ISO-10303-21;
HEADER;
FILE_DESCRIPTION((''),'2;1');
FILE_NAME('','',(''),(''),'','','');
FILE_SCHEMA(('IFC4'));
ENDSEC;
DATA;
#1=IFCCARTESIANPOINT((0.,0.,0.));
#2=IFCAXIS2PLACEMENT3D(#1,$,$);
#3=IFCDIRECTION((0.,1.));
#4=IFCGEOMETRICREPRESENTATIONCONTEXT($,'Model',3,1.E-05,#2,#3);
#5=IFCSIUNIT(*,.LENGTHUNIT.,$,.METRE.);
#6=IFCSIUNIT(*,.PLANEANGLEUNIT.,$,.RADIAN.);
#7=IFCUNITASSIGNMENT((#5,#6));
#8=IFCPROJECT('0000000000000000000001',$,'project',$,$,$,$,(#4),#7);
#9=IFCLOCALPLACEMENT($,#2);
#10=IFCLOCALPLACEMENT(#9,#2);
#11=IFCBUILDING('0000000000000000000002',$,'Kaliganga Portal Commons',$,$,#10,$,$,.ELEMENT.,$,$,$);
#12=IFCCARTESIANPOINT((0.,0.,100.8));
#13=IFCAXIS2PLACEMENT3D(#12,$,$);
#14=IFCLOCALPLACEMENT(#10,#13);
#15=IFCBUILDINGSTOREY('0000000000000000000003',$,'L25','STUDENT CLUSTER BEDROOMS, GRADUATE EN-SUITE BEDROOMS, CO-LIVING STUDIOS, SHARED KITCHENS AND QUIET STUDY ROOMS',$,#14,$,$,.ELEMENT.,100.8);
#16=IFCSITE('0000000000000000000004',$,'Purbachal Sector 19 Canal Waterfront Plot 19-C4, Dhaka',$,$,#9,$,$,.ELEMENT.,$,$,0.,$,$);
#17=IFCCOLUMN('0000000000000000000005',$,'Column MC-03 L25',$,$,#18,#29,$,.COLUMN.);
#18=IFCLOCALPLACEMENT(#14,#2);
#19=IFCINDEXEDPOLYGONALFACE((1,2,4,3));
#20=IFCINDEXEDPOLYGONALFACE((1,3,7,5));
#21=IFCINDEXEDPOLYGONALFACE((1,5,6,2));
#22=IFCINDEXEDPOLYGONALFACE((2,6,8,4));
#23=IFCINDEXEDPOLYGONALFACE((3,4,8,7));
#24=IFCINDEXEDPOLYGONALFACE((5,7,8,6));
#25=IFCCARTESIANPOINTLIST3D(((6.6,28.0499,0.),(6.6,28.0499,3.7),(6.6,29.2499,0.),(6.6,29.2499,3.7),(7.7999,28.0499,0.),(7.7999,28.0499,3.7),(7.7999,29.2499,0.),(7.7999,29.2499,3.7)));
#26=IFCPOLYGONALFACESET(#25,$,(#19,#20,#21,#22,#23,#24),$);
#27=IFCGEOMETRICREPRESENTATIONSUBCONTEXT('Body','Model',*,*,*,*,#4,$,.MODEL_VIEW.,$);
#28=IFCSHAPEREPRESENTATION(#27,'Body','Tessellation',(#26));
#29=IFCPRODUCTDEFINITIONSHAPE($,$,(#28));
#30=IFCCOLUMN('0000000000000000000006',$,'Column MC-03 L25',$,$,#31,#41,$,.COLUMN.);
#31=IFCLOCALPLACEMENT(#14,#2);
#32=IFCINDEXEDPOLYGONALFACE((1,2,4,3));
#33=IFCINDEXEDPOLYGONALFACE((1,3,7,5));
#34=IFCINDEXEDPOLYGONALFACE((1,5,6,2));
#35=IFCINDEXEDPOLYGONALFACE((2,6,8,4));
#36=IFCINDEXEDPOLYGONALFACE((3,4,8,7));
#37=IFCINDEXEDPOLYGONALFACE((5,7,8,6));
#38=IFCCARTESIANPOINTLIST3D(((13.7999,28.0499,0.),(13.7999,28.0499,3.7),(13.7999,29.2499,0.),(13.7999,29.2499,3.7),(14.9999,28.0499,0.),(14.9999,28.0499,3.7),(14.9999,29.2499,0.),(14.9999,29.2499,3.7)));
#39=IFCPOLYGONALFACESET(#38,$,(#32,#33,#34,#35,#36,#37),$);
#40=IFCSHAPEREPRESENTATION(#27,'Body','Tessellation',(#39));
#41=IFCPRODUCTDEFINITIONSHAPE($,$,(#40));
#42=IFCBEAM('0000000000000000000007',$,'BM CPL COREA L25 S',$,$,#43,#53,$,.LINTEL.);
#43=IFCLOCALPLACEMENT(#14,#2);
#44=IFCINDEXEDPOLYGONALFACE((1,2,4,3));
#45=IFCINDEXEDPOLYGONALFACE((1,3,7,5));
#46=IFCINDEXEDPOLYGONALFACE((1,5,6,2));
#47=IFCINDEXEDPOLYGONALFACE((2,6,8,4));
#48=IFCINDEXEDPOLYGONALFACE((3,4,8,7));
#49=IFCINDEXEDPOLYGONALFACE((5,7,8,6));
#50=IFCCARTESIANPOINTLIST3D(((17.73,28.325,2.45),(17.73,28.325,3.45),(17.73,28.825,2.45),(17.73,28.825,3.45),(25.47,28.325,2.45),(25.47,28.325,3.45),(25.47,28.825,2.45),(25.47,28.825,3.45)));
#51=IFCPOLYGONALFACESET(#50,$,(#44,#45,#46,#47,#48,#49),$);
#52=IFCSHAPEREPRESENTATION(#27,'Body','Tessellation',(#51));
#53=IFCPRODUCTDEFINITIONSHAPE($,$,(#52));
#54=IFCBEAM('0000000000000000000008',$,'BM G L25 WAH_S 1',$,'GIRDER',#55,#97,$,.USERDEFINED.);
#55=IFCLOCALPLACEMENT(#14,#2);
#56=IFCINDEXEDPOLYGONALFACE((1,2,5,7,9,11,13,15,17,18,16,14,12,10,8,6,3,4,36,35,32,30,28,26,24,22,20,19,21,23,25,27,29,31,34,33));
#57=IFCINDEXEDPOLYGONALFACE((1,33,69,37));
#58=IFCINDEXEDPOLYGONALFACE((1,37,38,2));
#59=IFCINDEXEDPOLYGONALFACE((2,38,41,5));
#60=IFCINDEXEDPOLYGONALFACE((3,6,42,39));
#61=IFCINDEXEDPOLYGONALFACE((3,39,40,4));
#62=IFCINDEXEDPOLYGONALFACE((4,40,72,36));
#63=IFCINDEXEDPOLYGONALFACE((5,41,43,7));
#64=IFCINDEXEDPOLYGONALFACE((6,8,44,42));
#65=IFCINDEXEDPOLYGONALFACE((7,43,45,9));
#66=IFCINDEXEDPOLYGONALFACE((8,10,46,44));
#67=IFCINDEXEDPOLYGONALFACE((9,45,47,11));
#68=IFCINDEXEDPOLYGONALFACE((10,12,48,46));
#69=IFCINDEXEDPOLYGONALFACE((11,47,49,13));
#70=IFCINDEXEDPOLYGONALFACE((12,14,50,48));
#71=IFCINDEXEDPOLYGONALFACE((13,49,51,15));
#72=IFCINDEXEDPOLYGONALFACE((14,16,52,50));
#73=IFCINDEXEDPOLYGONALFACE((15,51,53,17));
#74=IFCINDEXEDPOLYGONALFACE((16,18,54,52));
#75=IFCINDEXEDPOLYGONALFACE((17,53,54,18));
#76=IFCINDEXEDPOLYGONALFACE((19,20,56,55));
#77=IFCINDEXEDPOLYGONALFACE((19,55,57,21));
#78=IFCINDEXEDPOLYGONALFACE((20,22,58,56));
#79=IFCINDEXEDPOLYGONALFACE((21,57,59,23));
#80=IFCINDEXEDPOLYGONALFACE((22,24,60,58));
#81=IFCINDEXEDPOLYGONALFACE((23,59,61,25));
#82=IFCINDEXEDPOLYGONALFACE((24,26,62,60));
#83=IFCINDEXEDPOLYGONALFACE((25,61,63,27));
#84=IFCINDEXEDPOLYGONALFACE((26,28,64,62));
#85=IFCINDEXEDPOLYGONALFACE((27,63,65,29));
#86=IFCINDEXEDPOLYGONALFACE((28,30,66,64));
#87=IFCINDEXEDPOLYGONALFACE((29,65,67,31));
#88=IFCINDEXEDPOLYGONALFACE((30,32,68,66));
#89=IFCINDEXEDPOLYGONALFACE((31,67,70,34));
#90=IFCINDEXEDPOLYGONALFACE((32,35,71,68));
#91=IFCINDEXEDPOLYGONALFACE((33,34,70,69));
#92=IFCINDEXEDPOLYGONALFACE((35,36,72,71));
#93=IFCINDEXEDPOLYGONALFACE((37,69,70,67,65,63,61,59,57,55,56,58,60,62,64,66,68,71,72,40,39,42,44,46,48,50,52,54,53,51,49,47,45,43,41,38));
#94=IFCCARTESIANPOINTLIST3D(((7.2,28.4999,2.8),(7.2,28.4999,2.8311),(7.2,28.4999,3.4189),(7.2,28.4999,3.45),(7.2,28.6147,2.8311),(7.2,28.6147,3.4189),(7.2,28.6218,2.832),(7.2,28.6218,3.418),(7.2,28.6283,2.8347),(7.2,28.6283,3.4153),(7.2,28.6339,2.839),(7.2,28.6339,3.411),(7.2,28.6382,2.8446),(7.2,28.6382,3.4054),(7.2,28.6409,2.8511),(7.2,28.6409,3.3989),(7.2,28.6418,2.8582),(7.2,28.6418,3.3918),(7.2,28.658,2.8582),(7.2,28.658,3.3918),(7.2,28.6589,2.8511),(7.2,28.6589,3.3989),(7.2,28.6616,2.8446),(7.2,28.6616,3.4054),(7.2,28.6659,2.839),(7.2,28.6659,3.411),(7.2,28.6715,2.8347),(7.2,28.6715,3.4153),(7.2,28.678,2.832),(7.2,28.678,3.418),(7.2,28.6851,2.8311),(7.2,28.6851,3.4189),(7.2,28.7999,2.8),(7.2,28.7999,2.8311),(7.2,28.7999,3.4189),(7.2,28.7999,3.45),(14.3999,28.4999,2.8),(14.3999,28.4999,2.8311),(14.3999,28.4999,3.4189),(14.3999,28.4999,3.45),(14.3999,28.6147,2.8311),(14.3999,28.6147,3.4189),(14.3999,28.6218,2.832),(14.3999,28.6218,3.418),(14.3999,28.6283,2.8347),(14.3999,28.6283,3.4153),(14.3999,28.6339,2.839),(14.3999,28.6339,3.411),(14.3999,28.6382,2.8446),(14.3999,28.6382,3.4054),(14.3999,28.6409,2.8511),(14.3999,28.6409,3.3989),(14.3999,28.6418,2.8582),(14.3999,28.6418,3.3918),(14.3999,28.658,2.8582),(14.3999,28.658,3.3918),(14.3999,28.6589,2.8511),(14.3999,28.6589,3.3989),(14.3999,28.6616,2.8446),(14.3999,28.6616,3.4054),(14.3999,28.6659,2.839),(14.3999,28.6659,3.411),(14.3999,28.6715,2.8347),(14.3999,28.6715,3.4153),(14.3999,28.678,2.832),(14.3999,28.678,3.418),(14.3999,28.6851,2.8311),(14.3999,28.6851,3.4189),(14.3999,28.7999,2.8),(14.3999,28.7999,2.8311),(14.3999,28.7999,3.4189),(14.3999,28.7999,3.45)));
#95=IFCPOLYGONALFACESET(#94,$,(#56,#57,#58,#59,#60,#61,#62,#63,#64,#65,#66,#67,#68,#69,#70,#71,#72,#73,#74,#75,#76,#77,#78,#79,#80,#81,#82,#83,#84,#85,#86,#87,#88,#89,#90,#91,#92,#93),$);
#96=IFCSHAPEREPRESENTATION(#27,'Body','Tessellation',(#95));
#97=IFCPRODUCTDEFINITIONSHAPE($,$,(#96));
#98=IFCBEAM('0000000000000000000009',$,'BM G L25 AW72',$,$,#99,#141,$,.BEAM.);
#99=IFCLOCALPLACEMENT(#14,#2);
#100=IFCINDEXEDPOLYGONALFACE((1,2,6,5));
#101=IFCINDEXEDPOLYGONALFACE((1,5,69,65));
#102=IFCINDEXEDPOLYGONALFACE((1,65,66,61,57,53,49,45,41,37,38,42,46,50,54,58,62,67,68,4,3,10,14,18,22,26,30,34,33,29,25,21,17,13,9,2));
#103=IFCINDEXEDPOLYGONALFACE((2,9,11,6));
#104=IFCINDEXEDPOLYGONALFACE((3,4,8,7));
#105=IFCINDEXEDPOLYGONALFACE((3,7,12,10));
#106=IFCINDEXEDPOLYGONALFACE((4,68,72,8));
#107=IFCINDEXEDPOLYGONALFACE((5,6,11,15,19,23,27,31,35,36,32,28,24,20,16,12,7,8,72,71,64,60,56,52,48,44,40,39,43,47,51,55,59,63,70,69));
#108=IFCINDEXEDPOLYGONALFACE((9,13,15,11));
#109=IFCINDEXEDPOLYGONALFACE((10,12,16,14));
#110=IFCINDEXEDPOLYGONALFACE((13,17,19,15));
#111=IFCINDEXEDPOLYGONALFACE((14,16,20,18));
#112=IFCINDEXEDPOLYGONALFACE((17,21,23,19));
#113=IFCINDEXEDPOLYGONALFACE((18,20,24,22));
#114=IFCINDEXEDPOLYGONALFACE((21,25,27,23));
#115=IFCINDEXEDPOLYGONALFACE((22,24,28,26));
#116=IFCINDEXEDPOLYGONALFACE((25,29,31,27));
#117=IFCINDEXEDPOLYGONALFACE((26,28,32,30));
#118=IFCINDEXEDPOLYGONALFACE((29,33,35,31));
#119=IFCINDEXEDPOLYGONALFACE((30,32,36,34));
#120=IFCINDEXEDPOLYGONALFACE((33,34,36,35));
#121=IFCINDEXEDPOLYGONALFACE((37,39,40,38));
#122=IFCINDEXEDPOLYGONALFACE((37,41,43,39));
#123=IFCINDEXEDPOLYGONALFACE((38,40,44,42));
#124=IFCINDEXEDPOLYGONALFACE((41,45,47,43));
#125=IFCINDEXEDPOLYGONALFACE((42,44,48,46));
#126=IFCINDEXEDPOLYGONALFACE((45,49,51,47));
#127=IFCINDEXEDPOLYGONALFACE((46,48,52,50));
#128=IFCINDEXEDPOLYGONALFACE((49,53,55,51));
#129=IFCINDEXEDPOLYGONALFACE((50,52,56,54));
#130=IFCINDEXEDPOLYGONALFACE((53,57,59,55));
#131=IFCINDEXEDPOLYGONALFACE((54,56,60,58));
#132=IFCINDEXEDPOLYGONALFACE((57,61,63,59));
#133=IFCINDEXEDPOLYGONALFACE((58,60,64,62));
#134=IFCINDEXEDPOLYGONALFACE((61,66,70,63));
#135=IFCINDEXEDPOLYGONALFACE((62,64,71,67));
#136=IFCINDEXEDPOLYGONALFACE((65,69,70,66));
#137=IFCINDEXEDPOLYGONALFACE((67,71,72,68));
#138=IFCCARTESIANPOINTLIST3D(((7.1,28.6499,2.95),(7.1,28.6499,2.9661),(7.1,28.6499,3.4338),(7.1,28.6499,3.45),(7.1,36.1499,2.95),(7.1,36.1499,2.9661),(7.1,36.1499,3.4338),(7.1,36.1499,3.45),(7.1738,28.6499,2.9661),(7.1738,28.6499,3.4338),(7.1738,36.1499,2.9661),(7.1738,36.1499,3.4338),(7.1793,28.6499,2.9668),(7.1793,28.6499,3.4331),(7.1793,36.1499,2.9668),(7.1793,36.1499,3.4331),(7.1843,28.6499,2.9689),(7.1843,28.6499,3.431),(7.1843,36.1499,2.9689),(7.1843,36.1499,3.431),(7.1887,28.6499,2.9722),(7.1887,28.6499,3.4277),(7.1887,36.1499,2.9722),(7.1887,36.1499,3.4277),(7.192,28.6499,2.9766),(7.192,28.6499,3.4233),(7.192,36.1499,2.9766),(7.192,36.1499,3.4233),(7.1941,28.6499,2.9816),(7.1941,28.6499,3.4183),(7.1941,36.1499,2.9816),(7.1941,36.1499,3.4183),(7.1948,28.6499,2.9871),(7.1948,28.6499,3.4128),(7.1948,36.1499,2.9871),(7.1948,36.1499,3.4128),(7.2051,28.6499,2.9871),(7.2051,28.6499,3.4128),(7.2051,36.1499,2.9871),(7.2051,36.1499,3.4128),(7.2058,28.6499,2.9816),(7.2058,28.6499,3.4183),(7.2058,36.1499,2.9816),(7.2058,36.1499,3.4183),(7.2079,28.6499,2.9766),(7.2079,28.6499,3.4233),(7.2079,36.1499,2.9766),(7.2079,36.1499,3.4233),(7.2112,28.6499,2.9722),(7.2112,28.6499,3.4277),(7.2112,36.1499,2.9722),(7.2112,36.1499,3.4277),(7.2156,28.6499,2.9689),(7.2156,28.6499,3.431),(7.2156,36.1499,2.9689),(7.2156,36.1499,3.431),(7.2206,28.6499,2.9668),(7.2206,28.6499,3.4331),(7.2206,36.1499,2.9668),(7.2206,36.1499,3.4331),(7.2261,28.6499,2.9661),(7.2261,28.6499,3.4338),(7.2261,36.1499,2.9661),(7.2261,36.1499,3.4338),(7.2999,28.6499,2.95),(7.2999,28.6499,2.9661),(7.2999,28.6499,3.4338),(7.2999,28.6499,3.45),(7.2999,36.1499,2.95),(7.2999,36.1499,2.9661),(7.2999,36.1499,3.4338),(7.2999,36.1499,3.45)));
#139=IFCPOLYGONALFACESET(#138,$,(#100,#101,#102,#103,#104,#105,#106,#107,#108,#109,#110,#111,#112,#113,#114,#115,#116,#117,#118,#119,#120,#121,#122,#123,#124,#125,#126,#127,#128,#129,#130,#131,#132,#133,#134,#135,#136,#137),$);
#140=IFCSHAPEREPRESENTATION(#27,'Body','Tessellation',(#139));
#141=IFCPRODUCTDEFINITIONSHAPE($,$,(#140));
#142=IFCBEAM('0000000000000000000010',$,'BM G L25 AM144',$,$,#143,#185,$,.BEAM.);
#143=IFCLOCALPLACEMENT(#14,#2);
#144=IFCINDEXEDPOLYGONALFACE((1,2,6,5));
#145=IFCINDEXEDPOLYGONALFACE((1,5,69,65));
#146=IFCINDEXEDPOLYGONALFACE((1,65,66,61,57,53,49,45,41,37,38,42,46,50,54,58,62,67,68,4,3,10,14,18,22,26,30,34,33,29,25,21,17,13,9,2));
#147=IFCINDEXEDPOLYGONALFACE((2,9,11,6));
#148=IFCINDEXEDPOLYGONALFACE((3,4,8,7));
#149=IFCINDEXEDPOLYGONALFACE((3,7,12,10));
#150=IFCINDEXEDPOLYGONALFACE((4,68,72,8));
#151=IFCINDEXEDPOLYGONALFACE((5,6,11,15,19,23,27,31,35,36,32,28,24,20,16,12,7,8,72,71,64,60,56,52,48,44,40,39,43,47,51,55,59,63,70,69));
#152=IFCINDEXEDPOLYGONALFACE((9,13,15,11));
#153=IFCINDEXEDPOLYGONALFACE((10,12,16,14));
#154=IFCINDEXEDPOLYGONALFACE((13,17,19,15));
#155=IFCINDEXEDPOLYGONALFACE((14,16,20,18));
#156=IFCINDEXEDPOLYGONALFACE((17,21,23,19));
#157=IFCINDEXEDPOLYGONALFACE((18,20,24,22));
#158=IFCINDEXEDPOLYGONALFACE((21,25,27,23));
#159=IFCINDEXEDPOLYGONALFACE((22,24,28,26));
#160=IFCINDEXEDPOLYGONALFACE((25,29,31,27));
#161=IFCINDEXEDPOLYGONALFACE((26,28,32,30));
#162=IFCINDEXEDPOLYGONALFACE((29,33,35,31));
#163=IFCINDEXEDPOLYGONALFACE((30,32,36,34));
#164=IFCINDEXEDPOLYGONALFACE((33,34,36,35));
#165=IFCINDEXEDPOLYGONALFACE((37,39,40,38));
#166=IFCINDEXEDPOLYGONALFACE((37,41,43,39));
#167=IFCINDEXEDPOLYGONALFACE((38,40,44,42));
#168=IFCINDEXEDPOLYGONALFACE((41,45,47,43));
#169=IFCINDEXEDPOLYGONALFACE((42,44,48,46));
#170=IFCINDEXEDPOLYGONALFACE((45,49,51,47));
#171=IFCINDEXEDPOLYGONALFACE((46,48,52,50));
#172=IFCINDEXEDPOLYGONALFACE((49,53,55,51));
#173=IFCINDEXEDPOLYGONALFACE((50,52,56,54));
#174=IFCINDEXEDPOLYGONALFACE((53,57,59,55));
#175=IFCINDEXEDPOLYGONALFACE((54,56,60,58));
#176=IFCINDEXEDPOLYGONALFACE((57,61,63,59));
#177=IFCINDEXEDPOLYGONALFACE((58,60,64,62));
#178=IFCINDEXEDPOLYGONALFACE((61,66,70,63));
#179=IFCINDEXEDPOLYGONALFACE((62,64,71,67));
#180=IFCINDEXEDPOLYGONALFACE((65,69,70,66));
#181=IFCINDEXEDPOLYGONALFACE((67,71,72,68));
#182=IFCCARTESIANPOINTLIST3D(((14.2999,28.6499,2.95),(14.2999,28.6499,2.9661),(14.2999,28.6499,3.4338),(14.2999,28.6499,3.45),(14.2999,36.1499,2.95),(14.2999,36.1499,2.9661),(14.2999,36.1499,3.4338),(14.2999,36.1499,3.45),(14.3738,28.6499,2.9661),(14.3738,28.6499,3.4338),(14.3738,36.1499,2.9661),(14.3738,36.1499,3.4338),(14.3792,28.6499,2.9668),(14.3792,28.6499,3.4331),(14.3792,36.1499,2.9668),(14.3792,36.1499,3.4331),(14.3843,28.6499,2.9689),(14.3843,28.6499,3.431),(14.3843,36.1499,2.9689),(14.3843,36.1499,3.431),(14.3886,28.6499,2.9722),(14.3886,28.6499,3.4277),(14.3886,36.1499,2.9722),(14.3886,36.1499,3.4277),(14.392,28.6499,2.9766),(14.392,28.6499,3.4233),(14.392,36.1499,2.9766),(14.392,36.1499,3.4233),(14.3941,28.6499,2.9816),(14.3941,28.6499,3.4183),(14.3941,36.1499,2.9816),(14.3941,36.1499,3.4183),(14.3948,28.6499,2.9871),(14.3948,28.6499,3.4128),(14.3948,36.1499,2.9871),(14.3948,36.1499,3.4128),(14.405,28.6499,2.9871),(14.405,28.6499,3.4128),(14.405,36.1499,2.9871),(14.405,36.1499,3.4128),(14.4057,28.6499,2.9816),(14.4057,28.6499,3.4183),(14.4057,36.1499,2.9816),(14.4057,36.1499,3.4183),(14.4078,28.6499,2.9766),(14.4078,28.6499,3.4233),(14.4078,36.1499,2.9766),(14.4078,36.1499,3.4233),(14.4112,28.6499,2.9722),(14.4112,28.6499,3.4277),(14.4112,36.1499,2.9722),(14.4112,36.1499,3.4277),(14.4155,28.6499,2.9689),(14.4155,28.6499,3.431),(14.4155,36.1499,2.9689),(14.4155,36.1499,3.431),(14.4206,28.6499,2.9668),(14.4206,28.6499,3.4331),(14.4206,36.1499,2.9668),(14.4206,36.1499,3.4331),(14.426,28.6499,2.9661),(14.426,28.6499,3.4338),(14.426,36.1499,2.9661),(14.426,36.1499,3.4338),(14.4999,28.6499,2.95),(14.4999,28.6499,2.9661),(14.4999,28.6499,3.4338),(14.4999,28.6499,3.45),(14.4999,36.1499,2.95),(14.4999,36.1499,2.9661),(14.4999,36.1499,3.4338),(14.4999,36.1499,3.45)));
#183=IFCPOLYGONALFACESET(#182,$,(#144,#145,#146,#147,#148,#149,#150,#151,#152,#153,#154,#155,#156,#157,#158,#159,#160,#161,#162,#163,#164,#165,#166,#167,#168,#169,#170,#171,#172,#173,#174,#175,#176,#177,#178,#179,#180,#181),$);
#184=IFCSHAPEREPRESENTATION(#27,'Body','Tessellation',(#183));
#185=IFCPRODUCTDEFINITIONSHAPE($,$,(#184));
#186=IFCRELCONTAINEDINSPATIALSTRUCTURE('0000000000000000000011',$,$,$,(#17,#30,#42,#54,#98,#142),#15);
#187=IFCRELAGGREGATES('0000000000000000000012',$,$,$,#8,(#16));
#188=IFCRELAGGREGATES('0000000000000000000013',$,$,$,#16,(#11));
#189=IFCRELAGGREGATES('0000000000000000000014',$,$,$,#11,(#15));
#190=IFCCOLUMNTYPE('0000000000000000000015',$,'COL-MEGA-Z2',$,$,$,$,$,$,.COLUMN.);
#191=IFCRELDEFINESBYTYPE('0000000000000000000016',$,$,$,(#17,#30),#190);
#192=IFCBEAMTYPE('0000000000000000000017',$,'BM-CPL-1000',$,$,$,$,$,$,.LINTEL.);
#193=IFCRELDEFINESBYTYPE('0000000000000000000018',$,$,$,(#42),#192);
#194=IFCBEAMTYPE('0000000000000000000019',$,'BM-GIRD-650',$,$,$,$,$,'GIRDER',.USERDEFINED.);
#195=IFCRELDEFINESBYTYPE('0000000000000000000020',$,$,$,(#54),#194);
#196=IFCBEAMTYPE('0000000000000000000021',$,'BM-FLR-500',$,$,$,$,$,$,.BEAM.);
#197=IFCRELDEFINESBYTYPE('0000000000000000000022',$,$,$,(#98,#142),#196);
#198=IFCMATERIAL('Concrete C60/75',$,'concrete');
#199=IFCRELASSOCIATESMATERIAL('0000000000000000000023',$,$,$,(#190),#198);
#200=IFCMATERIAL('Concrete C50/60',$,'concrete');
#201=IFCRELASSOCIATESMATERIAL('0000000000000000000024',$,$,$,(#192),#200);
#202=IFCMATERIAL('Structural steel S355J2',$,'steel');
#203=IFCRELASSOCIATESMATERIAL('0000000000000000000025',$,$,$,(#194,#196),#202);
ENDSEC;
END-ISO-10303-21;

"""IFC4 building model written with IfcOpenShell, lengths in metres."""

from ifc_helpers import new_model, si_unit, direction, frame, origin, origin_2d, place, context, subcontext, project, spatial, rectangle, i_section, extrude, source, transform, mapped, material, material_profile, profile_set, type_object, element, save


model = new_model("IFC4")

# Units and contexts
model_context = context("Model", 3, precision=1e-05, world=origin(), true_north=direction((0.0, 1.0)))
body_context = subcontext(model_context, "Body", "Model", "MODEL_VIEW")
ifc_project = project(units=[si_unit("LENGTHUNIT", "METRE"), si_unit("PLANEANGLEUNIT", "RADIAN")], contexts=[model_context])

# Site, building, storey
site_placement = place(None, origin())
site = spatial("IfcSite", under=ifc_project, at=site_placement, Name="Purbachal Sector 19 Canal Waterfront Plot 19-C4, Dhaka", CompositionType="ELEMENT", RefElevation=0.0)
building_placement = place(site_placement, origin())
building = spatial("IfcBuilding", under=site, at=building_placement, Name="Kaliganga Portal Commons", CompositionType="ELEMENT")
storey_placement = place(building_placement, frame((0.0, 0.0, 100.8)))
storey = spatial("IfcBuildingStorey", under=building, at=storey_placement, Name="L25", Description="STUDENT CLUSTER BEDROOMS, GRADUATE EN-SUITE BEDROOMS, CO-LIVING STUDIOS, SHARED KITCHENS AND QUIET STUDY ROOMS", CompositionType="ELEMENT", Elevation=100.8)

# Columns
ifc_material_1 = material(Name="Concrete C60/75", Category="concrete")
ifc_material_profile_1 = material_profile(ifc_material_1, rectangle(XDim=1.2, YDim=1.2, at=origin_2d()), Name="RC 1200x1200")
ifc_profile_set_1 = profile_set([ifc_material_profile_1], Name="Concrete C60/75")
column_type = type_object("IfcColumnType", Name="COL-MEGA-Z2", PredefinedType="COLUMN", material=ifc_profile_set_1)
shared_shape_1 = source(origin(), body_context, "Body", "SweptSolid", [
    extrude(rectangle(XDim=1.2, YDim=1.2, at=origin_2d()), origin(), (0.0, 0.0, 1.0), 3.7),
])
for number, where, z_axis, x_axis, name in (
    (1, (7.2, 28.6499, 0.0), (0.0, 0.0, 1.0), (1.0, 0.0, 0.0), "Column MC-03 L25"),
    (2, (14.3999, 28.6499, 0.0), (0.0, 0.0, 1.0), (1.0, 0.0, 0.0), "Column MC-03 L25"),
):
    element("IfcColumn", number, at=place(storey_placement, frame(where, z_axis=z_axis, x_axis=x_axis)), inside=storey, type_object=column_type, Name=name, PredefinedType="COLUMN", context=body_context, shape_type="MappedRepresentation", body=[
        mapped(shared_shape_1, transform((0.0, 0.0, 0.0), x_axis=(1.0, 0.0, 0.0), y_axis=(0.0, 1.0, 0.0), z_axis=(0.0, 0.0, 1.0), scale=1.0)),
    ])

# Beams
ifc_material_2 = material(Name="Concrete C50/60", Category="concrete")
ifc_material_profile_2 = material_profile(ifc_material_2, rectangle(XDim=0.5, YDim=1.0, at=origin_2d()), Name="RC 500x1000")
ifc_profile_set_2 = profile_set([ifc_material_profile_2], Name="Concrete C50/60")
beam_type_1 = type_object("IfcBeamType", Name="BM-CPL-1000", PredefinedType="LINTEL", material=ifc_profile_set_2)
shared_shape_2 = source(origin(), body_context, "Body", "SweptSolid", [
    extrude(rectangle(XDim=0.5, YDim=1.0, at=origin_2d()), origin(), (0.0, 0.0, 1.0), 7.74),
])
beam_1_placement = place(storey_placement, frame((17.73, 28.575, 2.95), z_axis=(1.0, 0.0, 0.0), x_axis=(0.0, 1.0, 0.0)))
element("IfcBeam", 3, at=beam_1_placement, inside=storey, type_object=beam_type_1, Name="BM CPL COREA L25 S", PredefinedType="LINTEL", context=body_context, shape_type="MappedRepresentation", body=[
    mapped(shared_shape_2, transform((0.0, 0.0, 0.0), x_axis=(1.0, 0.0, 0.0), y_axis=(0.0, 1.0, 0.0), z_axis=(0.0, 0.0, 1.0), scale=1.0)),
])
ifc_material_3 = material(Name="Structural steel S355J2", Category="steel")
ifc_material_profile_3 = material_profile(ifc_material_3, i_section(OverallWidth=0.3, OverallDepth=0.6499, WebThickness=0.0161, FlangeThickness=0.031, FilletRadius=0.0271, at=origin_2d()), Name="HE 650 B")
ifc_profile_set_3 = profile_set([ifc_material_profile_3], Name="Structural steel S355J2 wide-flange")
beam_type_2 = type_object("IfcBeamType", Name="BM-GIRD-650", ElementType="GIRDER", PredefinedType="USERDEFINED", material=ifc_profile_set_3)
shared_shape_3 = source(origin(), body_context, "Body", "SweptSolid", [
    extrude(i_section(OverallWidth=0.3, OverallDepth=0.6499, WebThickness=0.0161, FlangeThickness=0.031, FilletRadius=0.0271, at=origin_2d()), origin(), (0.0, 0.0, 1.0), 7.2),
])
beam_2_placement = place(storey_placement, frame((7.2, 28.6499, 3.125), z_axis=(1.0, 0.0, 0.0), x_axis=(0.0, 1.0, 0.0)))
element("IfcBeam", 4, at=beam_2_placement, inside=storey, type_object=beam_type_2, Name="BM G L25 WAH_S 1", ObjectType="GIRDER", PredefinedType="USERDEFINED", context=body_context, shape_type="MappedRepresentation", body=[
    mapped(shared_shape_3, transform((0.0, 0.0, 0.0), x_axis=(1.0, 0.0, 0.0), y_axis=(0.0, 1.0, 0.0), z_axis=(0.0, 0.0, 1.0), scale=1.0)),
])
ifc_material_profile_4 = material_profile(ifc_material_3, i_section(OverallWidth=0.2, OverallDepth=0.5, WebThickness=0.0103, FlangeThickness=0.0161, FilletRadius=0.021, at=origin_2d()), Name="IPE 500")
ifc_profile_set_4 = profile_set([ifc_material_profile_4], Name="Structural steel S355J2 wide-flange")
beam_type_3 = type_object("IfcBeamType", Name="BM-FLR-500", PredefinedType="BEAM", material=ifc_profile_set_4)
shared_shape_4 = source(origin(), body_context, "Body", "SweptSolid", [
    extrude(i_section(OverallWidth=0.2, OverallDepth=0.5, WebThickness=0.0103, FlangeThickness=0.0161, FilletRadius=0.021, at=origin_2d()), origin(), (0.0, 0.0, 1.0), 7.5),
])
for number, where, z_axis, x_axis, name in (
    (5, (7.2, 28.6499, 3.2), (0.0, 1.0, 0.0), (-1.0, 0.0, 0.0), "BM G L25 AW72"),
    (6, (14.3999, 28.6499, 3.2), (0.0, 1.0, 0.0), (-1.0, 0.0, 0.0), "BM G L25 AM144"),
):
    element("IfcBeam", number, at=place(storey_placement, frame(where, z_axis=z_axis, x_axis=x_axis)), inside=storey, type_object=beam_type_3, Name=name, PredefinedType="BEAM", context=body_context, shape_type="MappedRepresentation", body=[
        mapped(shared_shape_4, transform((0.0, 0.0, 0.0), x_axis=(1.0, 0.0, 0.0), y_axis=(0.0, 1.0, 0.0), z_axis=(0.0, 0.0, 1.0), scale=1.0)),
    ])

save(model, "model.ifc")
